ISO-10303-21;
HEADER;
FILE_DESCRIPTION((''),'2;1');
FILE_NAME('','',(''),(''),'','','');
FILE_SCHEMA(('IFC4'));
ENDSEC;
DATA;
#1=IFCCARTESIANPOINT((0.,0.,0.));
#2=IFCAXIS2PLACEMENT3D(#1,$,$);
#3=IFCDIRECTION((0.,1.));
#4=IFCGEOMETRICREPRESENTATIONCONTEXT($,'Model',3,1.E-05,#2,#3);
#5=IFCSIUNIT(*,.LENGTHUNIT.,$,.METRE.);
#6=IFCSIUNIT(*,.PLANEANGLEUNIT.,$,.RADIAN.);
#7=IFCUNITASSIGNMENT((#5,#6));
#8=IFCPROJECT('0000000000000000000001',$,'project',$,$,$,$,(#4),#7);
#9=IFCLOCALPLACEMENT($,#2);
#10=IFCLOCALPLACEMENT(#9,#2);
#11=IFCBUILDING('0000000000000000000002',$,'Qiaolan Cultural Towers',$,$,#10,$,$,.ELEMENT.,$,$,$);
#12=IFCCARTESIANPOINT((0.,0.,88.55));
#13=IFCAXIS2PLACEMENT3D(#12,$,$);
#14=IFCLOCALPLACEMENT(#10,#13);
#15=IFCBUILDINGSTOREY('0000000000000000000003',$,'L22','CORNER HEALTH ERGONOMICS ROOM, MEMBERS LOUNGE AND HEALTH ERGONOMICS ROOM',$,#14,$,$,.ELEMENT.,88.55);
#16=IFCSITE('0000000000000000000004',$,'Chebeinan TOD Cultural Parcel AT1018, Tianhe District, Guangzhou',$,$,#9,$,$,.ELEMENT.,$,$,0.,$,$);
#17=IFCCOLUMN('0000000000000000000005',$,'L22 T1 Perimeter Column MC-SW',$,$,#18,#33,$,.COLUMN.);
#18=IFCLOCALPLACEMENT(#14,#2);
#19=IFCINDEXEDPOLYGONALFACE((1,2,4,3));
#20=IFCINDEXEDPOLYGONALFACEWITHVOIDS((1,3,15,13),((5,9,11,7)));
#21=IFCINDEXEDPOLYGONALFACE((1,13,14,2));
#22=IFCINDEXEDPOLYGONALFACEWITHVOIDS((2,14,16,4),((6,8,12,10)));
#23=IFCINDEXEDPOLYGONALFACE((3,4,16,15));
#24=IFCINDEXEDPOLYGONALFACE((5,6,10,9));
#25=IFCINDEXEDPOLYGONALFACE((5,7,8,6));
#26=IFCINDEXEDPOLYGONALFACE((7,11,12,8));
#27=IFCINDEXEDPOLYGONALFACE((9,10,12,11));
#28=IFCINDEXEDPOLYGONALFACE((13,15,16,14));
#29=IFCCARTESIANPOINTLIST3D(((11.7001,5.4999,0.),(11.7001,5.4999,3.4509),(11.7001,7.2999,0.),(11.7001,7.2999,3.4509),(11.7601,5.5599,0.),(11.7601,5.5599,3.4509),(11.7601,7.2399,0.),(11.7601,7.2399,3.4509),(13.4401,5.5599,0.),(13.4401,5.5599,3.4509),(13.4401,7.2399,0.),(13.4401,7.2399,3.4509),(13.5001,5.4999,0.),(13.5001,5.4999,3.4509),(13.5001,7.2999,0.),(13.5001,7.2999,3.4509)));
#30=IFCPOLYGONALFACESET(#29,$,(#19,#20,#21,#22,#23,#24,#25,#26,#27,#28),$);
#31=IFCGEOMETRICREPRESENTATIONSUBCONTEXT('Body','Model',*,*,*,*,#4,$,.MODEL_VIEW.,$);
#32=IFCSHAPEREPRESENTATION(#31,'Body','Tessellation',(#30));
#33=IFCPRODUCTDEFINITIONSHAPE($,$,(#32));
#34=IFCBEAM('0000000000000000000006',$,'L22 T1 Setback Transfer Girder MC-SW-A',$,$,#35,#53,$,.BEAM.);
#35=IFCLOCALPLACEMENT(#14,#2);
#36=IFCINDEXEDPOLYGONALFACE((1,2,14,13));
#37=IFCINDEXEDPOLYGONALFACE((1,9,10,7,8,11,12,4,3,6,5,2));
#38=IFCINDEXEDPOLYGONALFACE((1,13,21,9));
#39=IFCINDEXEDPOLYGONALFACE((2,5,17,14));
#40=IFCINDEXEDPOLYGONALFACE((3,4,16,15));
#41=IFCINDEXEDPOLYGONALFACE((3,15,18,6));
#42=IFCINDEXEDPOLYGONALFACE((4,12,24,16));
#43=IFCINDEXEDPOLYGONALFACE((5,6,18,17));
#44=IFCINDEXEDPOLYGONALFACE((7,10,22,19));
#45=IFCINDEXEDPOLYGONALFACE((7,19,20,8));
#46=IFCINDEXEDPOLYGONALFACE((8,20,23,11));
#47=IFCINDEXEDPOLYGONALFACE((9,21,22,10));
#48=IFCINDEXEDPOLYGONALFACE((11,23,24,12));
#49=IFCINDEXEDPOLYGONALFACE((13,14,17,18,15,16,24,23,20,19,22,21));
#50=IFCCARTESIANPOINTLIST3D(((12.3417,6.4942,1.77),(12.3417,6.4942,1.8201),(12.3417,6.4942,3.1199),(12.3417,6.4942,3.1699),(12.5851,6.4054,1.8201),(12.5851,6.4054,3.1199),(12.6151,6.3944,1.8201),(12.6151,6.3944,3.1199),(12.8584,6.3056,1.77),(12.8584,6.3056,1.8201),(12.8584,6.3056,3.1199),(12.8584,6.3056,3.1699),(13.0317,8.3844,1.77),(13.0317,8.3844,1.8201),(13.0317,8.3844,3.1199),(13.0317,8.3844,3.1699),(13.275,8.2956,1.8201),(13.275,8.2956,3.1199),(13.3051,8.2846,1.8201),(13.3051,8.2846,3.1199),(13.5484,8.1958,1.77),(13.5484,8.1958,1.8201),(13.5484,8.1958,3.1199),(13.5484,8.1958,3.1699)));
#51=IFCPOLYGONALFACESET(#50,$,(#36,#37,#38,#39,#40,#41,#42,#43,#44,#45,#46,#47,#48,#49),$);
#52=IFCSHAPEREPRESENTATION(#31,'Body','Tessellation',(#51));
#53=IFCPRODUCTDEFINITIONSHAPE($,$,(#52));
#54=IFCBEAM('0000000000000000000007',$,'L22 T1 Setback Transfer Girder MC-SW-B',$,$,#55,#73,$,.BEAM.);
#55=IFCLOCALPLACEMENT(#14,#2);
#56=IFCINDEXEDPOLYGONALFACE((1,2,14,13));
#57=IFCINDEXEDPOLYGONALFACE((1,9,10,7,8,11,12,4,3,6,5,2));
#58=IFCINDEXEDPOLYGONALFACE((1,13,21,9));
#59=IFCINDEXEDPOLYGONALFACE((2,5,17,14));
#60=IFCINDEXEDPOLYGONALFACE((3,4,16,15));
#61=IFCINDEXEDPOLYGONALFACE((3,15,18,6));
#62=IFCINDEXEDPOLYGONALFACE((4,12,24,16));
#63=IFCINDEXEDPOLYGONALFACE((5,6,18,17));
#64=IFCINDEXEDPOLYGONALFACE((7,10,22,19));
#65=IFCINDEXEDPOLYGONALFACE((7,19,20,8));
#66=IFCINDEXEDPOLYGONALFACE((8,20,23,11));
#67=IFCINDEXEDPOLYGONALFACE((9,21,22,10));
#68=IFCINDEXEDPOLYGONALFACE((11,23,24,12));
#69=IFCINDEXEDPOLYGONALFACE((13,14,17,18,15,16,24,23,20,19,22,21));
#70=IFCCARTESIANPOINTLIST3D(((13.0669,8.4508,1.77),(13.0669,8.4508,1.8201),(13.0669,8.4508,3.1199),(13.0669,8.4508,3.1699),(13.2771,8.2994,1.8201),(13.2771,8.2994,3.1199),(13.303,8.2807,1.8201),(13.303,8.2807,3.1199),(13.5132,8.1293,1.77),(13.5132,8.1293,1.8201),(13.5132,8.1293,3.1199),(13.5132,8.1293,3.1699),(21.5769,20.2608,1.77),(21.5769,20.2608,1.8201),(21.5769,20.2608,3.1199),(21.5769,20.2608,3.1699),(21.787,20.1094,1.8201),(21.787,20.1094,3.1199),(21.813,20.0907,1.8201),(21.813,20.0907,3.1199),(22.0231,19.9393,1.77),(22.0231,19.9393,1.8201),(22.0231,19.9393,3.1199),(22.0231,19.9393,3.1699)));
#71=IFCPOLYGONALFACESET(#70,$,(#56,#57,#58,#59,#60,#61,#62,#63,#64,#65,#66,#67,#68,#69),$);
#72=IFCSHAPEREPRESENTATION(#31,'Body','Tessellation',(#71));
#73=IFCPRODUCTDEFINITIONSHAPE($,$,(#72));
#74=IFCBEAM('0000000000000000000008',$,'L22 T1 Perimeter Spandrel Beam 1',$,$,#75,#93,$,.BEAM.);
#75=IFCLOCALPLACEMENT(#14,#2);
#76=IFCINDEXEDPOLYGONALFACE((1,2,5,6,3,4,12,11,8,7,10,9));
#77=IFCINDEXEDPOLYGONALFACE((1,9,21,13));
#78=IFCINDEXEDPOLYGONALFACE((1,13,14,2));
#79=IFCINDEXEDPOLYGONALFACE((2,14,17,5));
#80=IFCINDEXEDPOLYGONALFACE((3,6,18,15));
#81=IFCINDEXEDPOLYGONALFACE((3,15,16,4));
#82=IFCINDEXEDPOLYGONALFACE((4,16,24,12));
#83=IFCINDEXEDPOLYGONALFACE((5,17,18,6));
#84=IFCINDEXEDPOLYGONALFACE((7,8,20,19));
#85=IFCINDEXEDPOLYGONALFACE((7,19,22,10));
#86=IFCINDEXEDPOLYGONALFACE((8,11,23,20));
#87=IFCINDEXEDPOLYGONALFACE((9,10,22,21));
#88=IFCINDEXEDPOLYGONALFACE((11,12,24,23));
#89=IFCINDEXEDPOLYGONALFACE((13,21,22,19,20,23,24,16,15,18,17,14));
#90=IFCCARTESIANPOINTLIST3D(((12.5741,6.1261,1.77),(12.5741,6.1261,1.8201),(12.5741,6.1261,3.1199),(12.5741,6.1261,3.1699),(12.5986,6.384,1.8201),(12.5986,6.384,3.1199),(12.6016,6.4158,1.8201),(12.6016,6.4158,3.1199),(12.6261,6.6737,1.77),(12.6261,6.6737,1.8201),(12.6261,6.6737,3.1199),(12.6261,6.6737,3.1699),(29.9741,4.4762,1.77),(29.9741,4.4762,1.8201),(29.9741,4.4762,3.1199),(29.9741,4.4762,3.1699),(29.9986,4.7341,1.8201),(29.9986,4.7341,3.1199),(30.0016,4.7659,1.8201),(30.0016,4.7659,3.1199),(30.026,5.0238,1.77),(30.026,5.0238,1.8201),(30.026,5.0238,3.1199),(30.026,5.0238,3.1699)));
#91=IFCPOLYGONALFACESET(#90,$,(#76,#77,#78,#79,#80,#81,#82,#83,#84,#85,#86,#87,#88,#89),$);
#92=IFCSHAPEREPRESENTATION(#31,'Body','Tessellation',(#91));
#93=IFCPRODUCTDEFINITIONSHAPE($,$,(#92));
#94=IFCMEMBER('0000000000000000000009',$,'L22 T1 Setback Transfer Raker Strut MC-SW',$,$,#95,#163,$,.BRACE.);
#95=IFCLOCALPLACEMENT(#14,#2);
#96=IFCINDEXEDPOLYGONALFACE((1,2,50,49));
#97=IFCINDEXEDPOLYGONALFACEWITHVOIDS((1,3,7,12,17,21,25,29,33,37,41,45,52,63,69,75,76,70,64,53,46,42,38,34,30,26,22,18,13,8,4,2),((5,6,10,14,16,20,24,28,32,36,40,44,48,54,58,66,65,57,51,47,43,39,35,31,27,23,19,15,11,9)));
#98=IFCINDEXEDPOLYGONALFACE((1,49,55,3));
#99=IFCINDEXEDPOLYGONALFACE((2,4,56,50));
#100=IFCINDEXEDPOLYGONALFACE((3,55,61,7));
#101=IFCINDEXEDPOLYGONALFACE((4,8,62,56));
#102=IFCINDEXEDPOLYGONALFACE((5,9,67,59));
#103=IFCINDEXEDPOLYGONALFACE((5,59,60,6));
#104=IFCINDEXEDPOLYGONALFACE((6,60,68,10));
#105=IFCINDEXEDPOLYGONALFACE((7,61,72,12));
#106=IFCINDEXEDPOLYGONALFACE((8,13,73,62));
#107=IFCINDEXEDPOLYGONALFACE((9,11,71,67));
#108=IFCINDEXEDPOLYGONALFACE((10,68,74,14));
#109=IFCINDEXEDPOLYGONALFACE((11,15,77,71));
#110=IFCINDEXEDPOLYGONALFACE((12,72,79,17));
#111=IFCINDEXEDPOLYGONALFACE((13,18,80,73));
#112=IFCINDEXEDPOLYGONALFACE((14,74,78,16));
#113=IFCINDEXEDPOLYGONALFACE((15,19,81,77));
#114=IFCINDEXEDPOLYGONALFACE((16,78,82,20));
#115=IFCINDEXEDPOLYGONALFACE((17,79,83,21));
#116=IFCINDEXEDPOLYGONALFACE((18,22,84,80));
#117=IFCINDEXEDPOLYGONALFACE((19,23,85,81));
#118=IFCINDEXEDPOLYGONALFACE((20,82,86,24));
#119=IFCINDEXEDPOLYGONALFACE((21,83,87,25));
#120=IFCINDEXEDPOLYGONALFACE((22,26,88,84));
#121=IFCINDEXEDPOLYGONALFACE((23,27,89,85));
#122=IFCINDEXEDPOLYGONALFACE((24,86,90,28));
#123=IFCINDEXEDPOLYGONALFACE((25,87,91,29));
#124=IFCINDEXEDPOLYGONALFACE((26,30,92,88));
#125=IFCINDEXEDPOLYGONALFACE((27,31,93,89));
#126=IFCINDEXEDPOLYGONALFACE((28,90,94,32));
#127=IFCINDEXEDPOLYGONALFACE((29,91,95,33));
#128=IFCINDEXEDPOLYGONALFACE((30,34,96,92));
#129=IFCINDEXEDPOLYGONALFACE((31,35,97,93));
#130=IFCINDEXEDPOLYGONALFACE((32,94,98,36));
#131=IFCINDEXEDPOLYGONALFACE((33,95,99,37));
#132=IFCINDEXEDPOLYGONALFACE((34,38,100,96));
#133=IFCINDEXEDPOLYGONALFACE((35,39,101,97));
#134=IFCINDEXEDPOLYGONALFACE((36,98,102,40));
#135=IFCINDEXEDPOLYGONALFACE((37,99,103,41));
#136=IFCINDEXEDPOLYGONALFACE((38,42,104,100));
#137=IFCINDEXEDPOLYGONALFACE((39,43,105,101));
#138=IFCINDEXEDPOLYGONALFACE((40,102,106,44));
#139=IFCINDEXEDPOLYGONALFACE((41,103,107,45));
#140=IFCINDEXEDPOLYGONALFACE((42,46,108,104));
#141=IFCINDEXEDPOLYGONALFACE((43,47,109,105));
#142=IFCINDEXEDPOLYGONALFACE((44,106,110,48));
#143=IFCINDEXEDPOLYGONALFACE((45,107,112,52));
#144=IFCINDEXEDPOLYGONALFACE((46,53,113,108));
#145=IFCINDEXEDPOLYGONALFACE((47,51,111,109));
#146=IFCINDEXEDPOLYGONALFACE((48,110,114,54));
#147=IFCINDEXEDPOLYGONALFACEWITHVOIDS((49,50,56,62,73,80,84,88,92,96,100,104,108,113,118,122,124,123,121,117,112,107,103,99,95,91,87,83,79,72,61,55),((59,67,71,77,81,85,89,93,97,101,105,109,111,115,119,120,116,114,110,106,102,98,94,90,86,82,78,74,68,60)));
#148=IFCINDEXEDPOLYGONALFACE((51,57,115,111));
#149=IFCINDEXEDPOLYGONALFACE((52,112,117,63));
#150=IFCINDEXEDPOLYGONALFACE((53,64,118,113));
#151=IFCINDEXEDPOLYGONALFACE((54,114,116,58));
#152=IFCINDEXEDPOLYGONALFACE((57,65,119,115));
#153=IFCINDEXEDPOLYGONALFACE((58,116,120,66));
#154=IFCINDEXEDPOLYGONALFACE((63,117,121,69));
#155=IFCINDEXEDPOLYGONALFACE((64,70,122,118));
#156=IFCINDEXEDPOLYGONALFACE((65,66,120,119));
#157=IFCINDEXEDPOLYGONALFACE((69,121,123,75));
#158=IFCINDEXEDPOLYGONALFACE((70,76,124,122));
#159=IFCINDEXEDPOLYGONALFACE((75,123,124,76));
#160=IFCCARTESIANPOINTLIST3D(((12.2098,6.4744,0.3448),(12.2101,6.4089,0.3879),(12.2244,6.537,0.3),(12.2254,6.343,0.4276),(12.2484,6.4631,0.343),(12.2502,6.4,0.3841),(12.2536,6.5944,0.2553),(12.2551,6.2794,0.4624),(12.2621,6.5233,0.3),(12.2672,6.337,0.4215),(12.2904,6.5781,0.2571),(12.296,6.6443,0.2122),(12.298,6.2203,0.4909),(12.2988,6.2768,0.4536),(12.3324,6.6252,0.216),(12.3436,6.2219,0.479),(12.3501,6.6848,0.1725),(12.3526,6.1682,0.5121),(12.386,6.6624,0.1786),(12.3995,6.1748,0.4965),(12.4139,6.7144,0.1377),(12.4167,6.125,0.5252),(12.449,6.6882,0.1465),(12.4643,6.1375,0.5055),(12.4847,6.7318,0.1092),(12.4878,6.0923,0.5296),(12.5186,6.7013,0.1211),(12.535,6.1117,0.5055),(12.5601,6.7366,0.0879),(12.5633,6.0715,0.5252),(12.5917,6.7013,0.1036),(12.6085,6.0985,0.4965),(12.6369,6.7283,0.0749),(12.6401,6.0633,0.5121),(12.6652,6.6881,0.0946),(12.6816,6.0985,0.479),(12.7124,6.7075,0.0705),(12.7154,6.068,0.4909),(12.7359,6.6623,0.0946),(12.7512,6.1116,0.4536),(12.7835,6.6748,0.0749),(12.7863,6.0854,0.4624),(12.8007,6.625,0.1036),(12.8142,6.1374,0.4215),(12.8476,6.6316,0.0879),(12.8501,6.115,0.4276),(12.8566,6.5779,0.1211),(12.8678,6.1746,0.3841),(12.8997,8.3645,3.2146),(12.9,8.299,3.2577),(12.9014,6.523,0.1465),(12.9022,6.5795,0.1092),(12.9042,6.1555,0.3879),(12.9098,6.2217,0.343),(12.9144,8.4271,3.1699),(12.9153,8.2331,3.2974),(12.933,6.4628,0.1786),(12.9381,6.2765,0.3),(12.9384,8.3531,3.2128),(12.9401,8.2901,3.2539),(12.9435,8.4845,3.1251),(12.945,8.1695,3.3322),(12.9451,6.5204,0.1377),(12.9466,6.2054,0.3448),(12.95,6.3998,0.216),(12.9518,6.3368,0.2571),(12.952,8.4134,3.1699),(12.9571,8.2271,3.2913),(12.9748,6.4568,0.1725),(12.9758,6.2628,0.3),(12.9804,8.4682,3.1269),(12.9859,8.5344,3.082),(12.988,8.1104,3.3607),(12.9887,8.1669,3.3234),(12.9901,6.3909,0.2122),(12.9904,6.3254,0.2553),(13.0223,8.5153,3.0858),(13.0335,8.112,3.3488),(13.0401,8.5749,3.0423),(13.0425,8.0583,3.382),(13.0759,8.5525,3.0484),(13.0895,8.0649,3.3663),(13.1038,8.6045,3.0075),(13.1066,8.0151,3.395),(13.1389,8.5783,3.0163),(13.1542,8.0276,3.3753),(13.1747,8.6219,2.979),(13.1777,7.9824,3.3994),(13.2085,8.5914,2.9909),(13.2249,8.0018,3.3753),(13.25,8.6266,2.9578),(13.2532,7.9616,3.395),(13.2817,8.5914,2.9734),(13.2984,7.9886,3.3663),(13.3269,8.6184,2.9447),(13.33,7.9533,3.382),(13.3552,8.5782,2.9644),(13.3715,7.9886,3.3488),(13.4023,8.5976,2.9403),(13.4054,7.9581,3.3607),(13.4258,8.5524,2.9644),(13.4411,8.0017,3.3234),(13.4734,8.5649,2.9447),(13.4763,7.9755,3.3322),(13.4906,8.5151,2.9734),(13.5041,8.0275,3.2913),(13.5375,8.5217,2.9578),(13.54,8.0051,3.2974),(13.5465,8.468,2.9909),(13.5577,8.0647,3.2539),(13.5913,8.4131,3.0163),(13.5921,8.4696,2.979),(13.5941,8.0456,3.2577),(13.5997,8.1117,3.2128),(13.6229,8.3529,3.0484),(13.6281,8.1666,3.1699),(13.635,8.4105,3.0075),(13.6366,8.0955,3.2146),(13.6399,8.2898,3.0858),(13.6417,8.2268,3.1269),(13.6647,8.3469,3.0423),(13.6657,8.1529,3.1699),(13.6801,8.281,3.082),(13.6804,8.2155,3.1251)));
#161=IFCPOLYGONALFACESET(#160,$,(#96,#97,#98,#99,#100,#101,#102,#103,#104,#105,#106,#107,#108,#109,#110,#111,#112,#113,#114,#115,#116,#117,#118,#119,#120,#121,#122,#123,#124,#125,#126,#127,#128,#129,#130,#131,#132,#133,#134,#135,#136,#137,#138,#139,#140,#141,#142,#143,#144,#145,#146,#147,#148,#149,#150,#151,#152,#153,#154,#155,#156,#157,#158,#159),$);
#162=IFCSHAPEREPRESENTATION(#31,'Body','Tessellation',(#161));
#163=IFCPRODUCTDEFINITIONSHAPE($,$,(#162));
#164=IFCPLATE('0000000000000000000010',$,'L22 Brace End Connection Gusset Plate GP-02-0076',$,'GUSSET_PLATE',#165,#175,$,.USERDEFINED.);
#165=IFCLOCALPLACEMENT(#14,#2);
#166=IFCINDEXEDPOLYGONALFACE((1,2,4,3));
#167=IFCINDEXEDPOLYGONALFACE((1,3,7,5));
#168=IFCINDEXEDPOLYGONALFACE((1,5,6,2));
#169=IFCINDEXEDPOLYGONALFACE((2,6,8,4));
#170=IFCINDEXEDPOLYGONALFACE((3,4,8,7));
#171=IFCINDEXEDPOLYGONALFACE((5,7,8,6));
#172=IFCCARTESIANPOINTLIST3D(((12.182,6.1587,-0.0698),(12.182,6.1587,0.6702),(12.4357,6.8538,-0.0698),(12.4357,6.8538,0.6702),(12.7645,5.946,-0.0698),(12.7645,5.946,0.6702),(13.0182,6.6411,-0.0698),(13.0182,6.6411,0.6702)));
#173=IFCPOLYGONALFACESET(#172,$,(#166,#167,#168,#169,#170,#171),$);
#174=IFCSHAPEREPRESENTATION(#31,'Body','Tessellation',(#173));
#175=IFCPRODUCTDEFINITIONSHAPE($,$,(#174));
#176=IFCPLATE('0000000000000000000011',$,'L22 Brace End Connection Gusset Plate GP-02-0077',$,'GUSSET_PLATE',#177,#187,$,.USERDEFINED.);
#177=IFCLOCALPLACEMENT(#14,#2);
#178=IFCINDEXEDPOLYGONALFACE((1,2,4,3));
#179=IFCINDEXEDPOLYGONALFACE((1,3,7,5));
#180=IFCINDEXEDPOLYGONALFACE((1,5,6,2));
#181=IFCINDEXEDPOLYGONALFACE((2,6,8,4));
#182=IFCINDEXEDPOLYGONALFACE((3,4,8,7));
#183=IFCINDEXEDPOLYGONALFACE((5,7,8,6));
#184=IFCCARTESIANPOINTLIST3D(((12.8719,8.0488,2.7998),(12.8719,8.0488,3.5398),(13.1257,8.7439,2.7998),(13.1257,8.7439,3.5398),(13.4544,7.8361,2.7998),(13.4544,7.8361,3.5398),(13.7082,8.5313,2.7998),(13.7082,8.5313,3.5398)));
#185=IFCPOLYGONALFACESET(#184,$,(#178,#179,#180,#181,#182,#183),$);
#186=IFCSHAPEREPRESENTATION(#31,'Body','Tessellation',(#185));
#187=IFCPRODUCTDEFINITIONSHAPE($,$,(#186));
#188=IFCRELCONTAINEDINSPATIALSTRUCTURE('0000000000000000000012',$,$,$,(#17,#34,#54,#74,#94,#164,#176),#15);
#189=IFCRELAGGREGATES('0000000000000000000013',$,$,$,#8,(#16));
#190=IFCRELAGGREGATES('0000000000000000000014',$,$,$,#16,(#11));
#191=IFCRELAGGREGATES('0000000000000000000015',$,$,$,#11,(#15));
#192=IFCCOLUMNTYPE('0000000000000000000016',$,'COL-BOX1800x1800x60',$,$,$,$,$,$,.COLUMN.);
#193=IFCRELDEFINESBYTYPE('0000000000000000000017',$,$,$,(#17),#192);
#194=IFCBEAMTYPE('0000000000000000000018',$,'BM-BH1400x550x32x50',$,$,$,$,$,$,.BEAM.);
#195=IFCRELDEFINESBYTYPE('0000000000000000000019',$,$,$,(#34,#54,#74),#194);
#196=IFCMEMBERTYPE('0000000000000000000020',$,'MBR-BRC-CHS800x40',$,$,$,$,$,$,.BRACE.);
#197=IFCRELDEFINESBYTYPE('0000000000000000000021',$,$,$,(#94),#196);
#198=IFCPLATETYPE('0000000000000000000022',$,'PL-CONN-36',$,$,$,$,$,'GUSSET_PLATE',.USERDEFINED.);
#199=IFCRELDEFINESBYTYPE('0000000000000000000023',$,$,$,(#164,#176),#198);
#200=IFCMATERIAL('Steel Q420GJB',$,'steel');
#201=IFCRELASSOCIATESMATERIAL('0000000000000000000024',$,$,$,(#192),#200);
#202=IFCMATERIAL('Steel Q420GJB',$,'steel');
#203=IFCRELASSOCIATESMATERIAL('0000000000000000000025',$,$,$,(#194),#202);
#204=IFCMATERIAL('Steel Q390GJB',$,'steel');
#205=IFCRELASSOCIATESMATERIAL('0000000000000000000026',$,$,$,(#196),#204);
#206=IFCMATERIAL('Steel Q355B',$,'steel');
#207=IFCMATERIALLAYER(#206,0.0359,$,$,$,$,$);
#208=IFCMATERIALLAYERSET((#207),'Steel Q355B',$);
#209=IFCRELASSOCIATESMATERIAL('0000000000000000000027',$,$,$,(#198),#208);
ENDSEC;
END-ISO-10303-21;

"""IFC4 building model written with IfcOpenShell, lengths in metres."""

from ifc_helpers import new_model, si_unit, direction, frame, origin, origin_2d, place, context, subcontext, project, spatial, rectangle, hollow_rectangle, hollow_circle, i_section, extrude, material, layer, layer_set, material_profile, profile_set, type_object, element, save


model = new_model("IFC4")

# Units and contexts
model_context = context("Model", 3, precision=1e-05, world=origin(), true_north=direction((0.0, 1.0)))
body_context = subcontext(model_context, "Body", "Model", "MODEL_VIEW")
ifc_project = project(units=[si_unit("LENGTHUNIT", "METRE"), si_unit("PLANEANGLEUNIT", "RADIAN")], contexts=[model_context])

# Site, building, storey
site_placement = place(None, origin())
site = spatial("IfcSite", under=ifc_project, at=site_placement, Name="Chebeinan TOD Cultural Parcel AT1018, Tianhe District, Guangzhou", CompositionType="ELEMENT", RefElevation=0.0)
building_placement = place(site_placement, origin())
building = spatial("IfcBuilding", under=site, at=building_placement, Name="Qiaolan Cultural Towers", CompositionType="ELEMENT")
storey_placement = place(building_placement, frame((0.0, 0.0, 88.55)))
storey = spatial("IfcBuildingStorey", under=building, at=storey_placement, Name="L22", Description="CORNER HEALTH ERGONOMICS ROOM, MEMBERS LOUNGE AND HEALTH ERGONOMICS ROOM", CompositionType="ELEMENT", Elevation=88.55)

# Column
ifc_material_1 = material(Name="Steel Q420GJB", Category="steel")
ifc_material_profile_1 = material_profile(ifc_material_1, hollow_rectangle(XDim=1.8, YDim=1.8, WallThickness=0.0601, at=origin_2d()), Name="BOX1800x1800x60")
ifc_profile_set_1 = profile_set([ifc_material_profile_1], Name="Steel Q420GJB")
column_type = type_object("IfcColumnType", Name="COL-BOX1800x1800x60", PredefinedType="COLUMN", material=ifc_profile_set_1)
column_placement = place(storey_placement, frame((12.6001, 6.3999, 0.0), z_axis=(0.0, 0.0, 1.0), x_axis=(1.0, 0.0, 0.0)))
element("IfcColumn", 1, at=column_placement, inside=storey, type_object=column_type, Name="L22 T1 Perimeter Column MC-SW", PredefinedType="COLUMN", context=body_context, shape_type="SweptSolid", body=[
    extrude(hollow_rectangle(XDim=1.8, YDim=1.8, WallThickness=0.0601, at=origin_2d()), origin(), (0.0, 0.0, 1.0), 3.4509),
])

# Beams
ifc_material_2 = material(Name="Steel Q420GJB", Category="steel")
ifc_material_profile_2 = material_profile(ifc_material_2, i_section(OverallWidth=0.55, OverallDepth=1.3999, WebThickness=0.032, FlangeThickness=0.05, at=origin_2d()), Name="BH1400x550x32x50")
ifc_profile_set_2 = profile_set([ifc_material_profile_2], Name="Steel Q420GJB")
beam_type = type_object("IfcBeamType", Name="BM-BH1400x550x32x50", PredefinedType="BEAM", material=ifc_profile_set_2)
beam_1_placement = place(storey_placement, frame((12.6001, 6.3999, 2.47), z_axis=(0.342892, 0.939375, 0.0), x_axis=(-0.939375, 0.342892, 0.0)))
element("IfcBeam", 2, at=beam_1_placement, inside=storey, type_object=beam_type, Name="L22 T1 Setback Transfer Girder MC-SW-A", PredefinedType="BEAM", context=body_context, shape_type="SweptSolid", body=[
    extrude(i_section(OverallWidth=0.55, OverallDepth=1.3999, WebThickness=0.032, FlangeThickness=0.05, at=origin_2d()), origin(), (0.0, 0.0, 1.0), 2.0122),
])
beam_2_placement = place(storey_placement, frame((13.29, 8.29, 2.47), z_axis=(0.584611, 0.811314, 0.0), x_axis=(-0.811314, 0.584611, 0.0)))
element("IfcBeam", 3, at=beam_2_placement, inside=storey, type_object=beam_type, Name="L22 T1 Setback Transfer Girder MC-SW-B", PredefinedType="BEAM", context=body_context, shape_type="SweptSolid", body=[
    extrude(i_section(OverallWidth=0.55, OverallDepth=1.3999, WebThickness=0.032, FlangeThickness=0.05, at=origin_2d()), origin(), (0.0, 0.0, 1.0), 14.5566),
])
beam_3_placement = place(storey_placement, frame((12.6001, 6.3999, 2.47), z_axis=(0.995534, -0.094399, 0.0), x_axis=(0.094399, 0.995534, 0.0)))
element("IfcBeam", 4, at=beam_3_placement, inside=storey, type_object=beam_type, Name="L22 T1 Perimeter Spandrel Beam 1", PredefinedType="BEAM", context=body_context, shape_type="SweptSolid", body=[
    extrude(i_section(OverallWidth=0.55, OverallDepth=1.3999, WebThickness=0.032, FlangeThickness=0.05, at=origin_2d()), origin(), (0.0, 0.0, 1.0), 17.478),
])

# Member
ifc_material_3 = material(Name="Steel Q390GJB", Category="steel")
ifc_material_profile_3 = material_profile(ifc_material_3, hollow_circle(Radius=0.3999, WallThickness=0.04, at=origin_2d()), Name="CHS800x40")
ifc_profile_set_3 = profile_set([ifc_material_profile_3], Name="Steel Q390GJB")
member_type = type_object("IfcMemberType", Name="MBR-BRC-CHS800x40", PredefinedType="BRACE", material=ifc_profile_set_3)
member_placement = place(storey_placement, frame((12.6001, 6.3999, 0.3), z_axis=(0.196847, 0.539273, 0.818801), x_axis=(-0.939375, 0.342892, 0.0)))
element("IfcMember", 5, at=member_placement, inside=storey, type_object=member_type, Name="L22 T1 Setback Transfer Raker Strut MC-SW", PredefinedType="BRACE", context=body_context, shape_type="SweptSolid", body=[
    extrude(hollow_circle(Radius=0.3999, WallThickness=0.04, at=origin_2d()), origin(), (0.0, 0.0, 1.0), 3.5049),
])

# Plates
ifc_material_4 = material(Name="Steel Q355B", Category="steel")
ifc_layer_1 = layer(ifc_material_4, 0.0359)
ifc_layer_set_1 = layer_set([ifc_layer_1], Name="Steel Q355B")
plate_type_1 = type_object("IfcPlateType", Name="PL-CONN-36", ElementType="GUSSET_PLATE", PredefinedType="USERDEFINED", material=ifc_layer_set_1)
for number, where, z_axis, x_axis, name in (
    (6, (12.6001, 6.3999, -0.0698), (0.0, 0.0, 1.0), (0.34294, 0.939357, 0.0), "L22 Brace End Connection Gusset Plate GP-02-0076"),
    (7, (13.29, 8.29, 2.7998), (0.0, 0.0, 1.0), (0.34294, 0.939357, 0.0), "L22 Brace End Connection Gusset Plate GP-02-0077"),
):
    element("IfcPlate", number, at=place(storey_placement, frame(where, z_axis=z_axis, x_axis=x_axis)), inside=storey, type_object=plate_type_1, Name=name, ObjectType="GUSSET_PLATE", PredefinedType="USERDEFINED", context=body_context, shape_type="SweptSolid", body=[
        extrude(rectangle(XDim=0.74, YDim=0.6201, at=origin_2d()), origin(), (0.0, 0.0, 1.0), 0.74),
    ])

save(model, "model.ifc")
